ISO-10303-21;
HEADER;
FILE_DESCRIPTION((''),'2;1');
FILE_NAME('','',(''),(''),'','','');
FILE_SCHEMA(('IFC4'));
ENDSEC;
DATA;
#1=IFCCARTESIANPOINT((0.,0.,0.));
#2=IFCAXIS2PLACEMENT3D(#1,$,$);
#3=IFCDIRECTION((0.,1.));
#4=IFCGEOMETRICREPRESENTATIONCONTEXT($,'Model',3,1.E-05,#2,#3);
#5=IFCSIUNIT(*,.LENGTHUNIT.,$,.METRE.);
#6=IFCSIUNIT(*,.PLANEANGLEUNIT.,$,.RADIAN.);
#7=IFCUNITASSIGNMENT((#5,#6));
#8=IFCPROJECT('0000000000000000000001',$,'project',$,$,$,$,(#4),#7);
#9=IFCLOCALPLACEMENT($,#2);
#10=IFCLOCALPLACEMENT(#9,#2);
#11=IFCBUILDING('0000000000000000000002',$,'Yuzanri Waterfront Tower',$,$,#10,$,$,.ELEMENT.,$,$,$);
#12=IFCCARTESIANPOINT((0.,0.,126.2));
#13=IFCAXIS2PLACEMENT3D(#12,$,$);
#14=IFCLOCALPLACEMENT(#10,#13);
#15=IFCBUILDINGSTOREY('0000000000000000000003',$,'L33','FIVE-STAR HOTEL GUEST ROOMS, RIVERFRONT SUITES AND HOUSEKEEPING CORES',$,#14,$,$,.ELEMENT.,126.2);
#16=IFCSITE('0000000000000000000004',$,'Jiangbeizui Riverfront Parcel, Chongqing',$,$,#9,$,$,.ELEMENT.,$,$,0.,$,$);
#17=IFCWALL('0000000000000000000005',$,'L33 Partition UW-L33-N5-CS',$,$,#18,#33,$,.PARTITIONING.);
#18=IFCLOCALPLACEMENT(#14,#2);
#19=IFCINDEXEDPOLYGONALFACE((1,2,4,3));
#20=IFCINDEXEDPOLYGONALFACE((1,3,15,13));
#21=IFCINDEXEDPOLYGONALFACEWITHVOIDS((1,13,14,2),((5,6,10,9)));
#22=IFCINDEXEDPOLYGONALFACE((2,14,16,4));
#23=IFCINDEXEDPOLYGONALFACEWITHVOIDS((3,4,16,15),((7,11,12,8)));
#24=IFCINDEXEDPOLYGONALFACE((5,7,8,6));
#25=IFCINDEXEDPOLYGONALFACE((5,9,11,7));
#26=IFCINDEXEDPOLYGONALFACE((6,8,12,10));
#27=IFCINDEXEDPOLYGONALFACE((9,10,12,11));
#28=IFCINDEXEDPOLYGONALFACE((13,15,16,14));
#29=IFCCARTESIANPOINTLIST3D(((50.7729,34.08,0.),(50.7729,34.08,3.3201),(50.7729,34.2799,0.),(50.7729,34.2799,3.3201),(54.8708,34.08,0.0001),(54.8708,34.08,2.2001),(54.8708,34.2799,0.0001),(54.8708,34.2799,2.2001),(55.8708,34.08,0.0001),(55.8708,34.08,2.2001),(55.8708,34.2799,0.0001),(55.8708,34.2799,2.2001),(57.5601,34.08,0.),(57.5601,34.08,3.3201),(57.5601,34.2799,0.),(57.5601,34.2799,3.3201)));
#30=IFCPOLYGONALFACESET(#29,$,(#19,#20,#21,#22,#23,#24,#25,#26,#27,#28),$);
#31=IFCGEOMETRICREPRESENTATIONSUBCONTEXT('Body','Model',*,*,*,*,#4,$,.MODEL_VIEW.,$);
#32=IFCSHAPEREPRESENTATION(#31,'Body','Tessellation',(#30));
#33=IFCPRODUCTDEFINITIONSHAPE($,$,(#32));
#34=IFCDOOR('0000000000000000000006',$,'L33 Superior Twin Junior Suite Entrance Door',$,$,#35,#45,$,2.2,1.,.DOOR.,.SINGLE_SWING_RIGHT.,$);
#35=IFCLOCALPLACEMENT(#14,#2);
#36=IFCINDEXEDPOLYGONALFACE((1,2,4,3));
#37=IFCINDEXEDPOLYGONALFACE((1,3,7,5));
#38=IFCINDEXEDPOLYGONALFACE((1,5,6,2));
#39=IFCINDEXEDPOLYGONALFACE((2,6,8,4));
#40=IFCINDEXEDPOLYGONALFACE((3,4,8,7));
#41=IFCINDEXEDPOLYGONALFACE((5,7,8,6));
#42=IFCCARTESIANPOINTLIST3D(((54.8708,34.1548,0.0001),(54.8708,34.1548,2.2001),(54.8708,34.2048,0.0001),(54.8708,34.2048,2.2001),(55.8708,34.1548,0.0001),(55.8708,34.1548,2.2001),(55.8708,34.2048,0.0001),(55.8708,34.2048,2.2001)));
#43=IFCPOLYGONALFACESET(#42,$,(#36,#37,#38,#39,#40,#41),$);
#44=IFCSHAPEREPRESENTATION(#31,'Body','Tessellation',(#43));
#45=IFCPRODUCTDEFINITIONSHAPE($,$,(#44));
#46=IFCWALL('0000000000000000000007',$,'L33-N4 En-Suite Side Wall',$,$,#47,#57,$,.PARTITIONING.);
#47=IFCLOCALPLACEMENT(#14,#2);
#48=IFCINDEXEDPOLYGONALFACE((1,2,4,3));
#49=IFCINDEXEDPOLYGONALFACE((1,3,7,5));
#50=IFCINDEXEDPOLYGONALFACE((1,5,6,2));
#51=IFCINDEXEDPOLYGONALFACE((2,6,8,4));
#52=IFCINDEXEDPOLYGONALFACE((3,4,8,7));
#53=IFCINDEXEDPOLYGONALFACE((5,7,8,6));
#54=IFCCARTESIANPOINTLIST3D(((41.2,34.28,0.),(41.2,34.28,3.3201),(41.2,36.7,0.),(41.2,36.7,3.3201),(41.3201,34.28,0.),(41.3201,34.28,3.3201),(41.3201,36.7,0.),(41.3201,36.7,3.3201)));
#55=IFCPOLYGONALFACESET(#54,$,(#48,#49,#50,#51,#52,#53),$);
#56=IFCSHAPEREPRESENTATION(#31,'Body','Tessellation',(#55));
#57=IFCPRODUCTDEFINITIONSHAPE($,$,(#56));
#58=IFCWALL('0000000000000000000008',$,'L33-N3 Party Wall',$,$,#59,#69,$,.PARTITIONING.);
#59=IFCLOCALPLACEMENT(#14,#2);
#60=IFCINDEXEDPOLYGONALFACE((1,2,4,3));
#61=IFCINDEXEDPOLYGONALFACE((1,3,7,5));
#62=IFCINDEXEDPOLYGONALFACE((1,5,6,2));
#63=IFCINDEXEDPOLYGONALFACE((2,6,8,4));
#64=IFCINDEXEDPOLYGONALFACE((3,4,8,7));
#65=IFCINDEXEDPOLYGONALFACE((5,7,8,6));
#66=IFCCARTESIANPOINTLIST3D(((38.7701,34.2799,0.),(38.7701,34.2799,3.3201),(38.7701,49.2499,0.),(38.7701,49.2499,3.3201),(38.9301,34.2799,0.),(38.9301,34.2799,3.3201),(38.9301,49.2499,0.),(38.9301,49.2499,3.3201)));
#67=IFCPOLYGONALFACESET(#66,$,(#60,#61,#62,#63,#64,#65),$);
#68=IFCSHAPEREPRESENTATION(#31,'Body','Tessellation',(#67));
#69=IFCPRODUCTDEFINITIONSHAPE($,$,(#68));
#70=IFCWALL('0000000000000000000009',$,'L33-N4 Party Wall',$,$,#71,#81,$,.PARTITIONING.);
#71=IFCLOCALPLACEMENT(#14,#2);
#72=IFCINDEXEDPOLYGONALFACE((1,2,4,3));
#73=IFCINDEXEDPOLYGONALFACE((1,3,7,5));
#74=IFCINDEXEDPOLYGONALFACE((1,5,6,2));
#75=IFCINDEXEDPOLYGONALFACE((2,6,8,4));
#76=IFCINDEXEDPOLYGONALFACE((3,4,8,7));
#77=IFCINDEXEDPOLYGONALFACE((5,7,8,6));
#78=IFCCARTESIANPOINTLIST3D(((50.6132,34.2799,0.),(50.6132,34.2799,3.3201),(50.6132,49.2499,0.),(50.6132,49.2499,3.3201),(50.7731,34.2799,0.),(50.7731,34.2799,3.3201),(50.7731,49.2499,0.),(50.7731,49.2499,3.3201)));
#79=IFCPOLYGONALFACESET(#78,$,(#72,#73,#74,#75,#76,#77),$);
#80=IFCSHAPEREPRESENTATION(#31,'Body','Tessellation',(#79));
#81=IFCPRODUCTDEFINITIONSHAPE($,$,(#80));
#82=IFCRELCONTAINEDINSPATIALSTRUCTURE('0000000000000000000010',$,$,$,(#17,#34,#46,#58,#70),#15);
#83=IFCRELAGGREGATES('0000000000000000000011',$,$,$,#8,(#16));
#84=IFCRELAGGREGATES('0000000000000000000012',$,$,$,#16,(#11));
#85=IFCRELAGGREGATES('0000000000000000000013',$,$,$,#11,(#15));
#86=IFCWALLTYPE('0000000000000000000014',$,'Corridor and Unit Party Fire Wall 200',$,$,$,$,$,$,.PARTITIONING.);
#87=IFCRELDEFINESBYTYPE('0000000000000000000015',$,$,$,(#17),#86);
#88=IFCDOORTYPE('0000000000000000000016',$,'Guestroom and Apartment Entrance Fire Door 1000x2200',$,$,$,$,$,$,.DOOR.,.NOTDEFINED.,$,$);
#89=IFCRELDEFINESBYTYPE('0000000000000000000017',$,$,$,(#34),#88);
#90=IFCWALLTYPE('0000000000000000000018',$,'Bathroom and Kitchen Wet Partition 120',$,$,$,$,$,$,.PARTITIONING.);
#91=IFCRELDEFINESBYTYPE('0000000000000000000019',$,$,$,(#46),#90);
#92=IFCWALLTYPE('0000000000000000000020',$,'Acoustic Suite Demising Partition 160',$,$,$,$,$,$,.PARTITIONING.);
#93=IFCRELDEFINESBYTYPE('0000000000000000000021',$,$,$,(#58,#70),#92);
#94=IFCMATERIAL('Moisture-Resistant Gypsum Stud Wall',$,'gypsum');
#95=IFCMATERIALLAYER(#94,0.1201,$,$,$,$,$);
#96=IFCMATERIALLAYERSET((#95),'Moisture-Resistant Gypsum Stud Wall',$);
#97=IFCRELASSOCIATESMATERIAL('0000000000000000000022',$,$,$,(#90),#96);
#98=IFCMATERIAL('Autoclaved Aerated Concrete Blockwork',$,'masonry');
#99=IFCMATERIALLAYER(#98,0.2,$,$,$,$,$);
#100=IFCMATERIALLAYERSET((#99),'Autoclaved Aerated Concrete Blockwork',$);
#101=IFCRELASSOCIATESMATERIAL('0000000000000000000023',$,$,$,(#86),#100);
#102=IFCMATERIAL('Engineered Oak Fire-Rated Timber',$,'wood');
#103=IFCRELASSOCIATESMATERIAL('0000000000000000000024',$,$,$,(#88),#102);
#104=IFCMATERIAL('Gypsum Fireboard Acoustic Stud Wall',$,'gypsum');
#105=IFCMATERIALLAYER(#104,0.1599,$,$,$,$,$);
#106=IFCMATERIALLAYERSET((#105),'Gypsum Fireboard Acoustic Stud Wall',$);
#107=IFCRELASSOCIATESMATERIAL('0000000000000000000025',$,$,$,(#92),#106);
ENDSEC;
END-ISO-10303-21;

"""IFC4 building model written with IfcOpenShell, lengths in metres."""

from ifc_helpers import new_model, si_unit, direction, frame, frame_2d, origin, place, context, subcontext, project, spatial, rectangle, extrude, source, transform, mapped, material, layer, layer_set, type_object, element, fill, save


model = new_model("IFC4")

# Units and contexts
model_context = context("Model", 3, precision=1e-05, world=origin(), true_north=direction((0.0, 1.0)))
body_context = subcontext(model_context, "Body", "Model", "MODEL_VIEW")
ifc_project = project(units=[si_unit("LENGTHUNIT", "METRE"), si_unit("PLANEANGLEUNIT", "RADIAN")], contexts=[model_context])

# Site, building, storey
site_placement = place(None, origin())
site = spatial("IfcSite", under=ifc_project, at=site_placement, Name="Jiangbeizui Riverfront Parcel, Chongqing", CompositionType="ELEMENT", RefElevation=0.0)
building_placement = place(site_placement, origin())
building = spatial("IfcBuilding", under=site, at=building_placement, Name="Yuzanri Waterfront Tower", CompositionType="ELEMENT")
storey_placement = place(building_placement, frame((0.0, 0.0, 126.2)))
storey = spatial("IfcBuildingStorey", under=building, at=storey_placement, Name="L33", Description="FIVE-STAR HOTEL GUEST ROOMS, RIVERFRONT SUITES AND HOUSEKEEPING CORES", CompositionType="ELEMENT", Elevation=126.2)

# Wall, opening, door
ifc_material_1 = material(Name="Moisture-Resistant Gypsum Stud Wall", Category="gypsum")
ifc_layer_1 = layer(ifc_material_1, 0.1201)
ifc_layer_set_1 = layer_set([ifc_layer_1], Name="Moisture-Resistant Gypsum Stud Wall")
wall_type_1 = type_object("IfcWallType", Name="Bathroom and Kitchen Wet Partition 120", PredefinedType="PARTITIONING", material=ifc_layer_set_1)
ifc_material_2 = material(Name="Autoclaved Aerated Concrete Blockwork", Category="masonry")
ifc_layer_2 = layer(ifc_material_2, 0.2)
ifc_layer_set_2 = layer_set([ifc_layer_2], Name="Autoclaved Aerated Concrete Blockwork")
wall_type_2 = type_object("IfcWallType", Name="Corridor and Unit Party Fire Wall 200", PredefinedType="PARTITIONING", material=ifc_layer_set_2)
ifc_material_3 = material(Name="Engineered Oak Fire-Rated Timber", Category="wood")
door_type_1 = type_object("IfcDoorType", Name="Guestroom and Apartment Entrance Fire Door 1000x2200", OperationType="NOTDEFINED", PredefinedType="DOOR", material=ifc_material_3)
shared_shape_1 = source(origin(), body_context, "Body", "SweptSolid", [
    extrude(rectangle(XDim=1.0, YDim=2.2, at=frame_2d((0.5, 1.1001))), frame((0.0, 0.0249, 0.0), z_axis=(0.0, -1.0, 0.0), x_axis=(1.0, 0.0, 0.0)), (0.0, 0.0, 1.0), 0.05),
])
wall_1_placement = place(storey_placement, frame((50.7729, 34.1799, 0.0), z_axis=(0.0, 0.0, 1.0), x_axis=(1.0, 0.0, 0.0)))
wall_1 = element("IfcWall", 1, at=wall_1_placement, inside=storey, type_object=wall_type_2, Name="L33 Partition UW-L33-N5-CS", PredefinedType="PARTITIONING", context=body_context, shape_type="SweptSolid", body=[
    extrude(rectangle(XDim=6.7871, YDim=0.2, at=frame_2d((3.3936, 0.0))), origin(), (0.0, 0.0, 1.0), 3.3201),
])
opening_1_placement = place(wall_1_placement, frame((4.0979, 0.0, 0.0)))
opening_1 = element("IfcOpeningElement", 2, at=opening_1_placement, cuts=wall_1, PredefinedType="OPENING", context=body_context, shape_type="SweptSolid", body=[
    extrude(rectangle(XDim=1.0, YDim=2.2, at=frame_2d((0.5, 1.1001))), frame((0.0, 0.1147, 0.0), z_axis=(0.0, -1.0, 0.0), x_axis=(1.0, 0.0, 0.0)), (0.0, 0.0, 1.0), 0.2297),
])
door_1_placement = place(opening_1_placement, origin())
door_1 = element("IfcDoor", 3, at=door_1_placement, inside=storey, type_object=door_type_1, Name="L33 Superior Twin Junior Suite Entrance Door", OperationType="SINGLE_SWING_RIGHT", OverallHeight=2.2, OverallWidth=1.0, PredefinedType="DOOR", context=body_context, shape_type="MappedRepresentation", body=[
    mapped(shared_shape_1, transform((0.0, 0.0, 0.0), scale=1.0)),
])
fill(opening_1, door_1)

# Walls
shared_shape_2 = source(origin(), body_context, "Body", "SweptSolid", [
    extrude(rectangle(XDim=2.4199, YDim=0.1201, at=frame_2d((1.21, 0.0))), origin(), (0.0, 0.0, 1.0), 3.3201),
])
wall_2_placement = place(storey_placement, frame((41.26, 34.28, 0.0), z_axis=(0.0, 0.0, 1.0), x_axis=(0.0, 1.0, 0.0)))
element("IfcWall", 4, at=wall_2_placement, inside=storey, type_object=wall_type_1, Name="L33-N4 En-Suite Side Wall", PredefinedType="PARTITIONING", context=body_context, shape_type="MappedRepresentation", body=[
    mapped(shared_shape_2, transform((0.0, 0.0, 0.0), scale=1.0)),
])
ifc_material_4 = material(Name="Gypsum Fireboard Acoustic Stud Wall", Category="gypsum")
ifc_layer_3 = layer(ifc_material_4, 0.1599)
ifc_layer_set_3 = layer_set([ifc_layer_3], Name="Gypsum Fireboard Acoustic Stud Wall")
wall_type_3 = type_object("IfcWallType", Name="Acoustic Suite Demising Partition 160", PredefinedType="PARTITIONING", material=ifc_layer_set_3)
shared_shape_3 = source(origin(), body_context, "Body", "SweptSolid", [
    extrude(rectangle(XDim=14.97, YDim=0.1599, at=frame_2d((7.4849, 0.0))), origin(), (0.0, 0.0, 1.0), 3.3201),
])
for number, where, z_axis, x_axis, name in (
    (5, (38.8501, 34.28, 0.0), (0.0, 0.0, 1.0), (0.0, 1.0, 0.0), "L33-N3 Party Wall"),
    (6, (50.6931, 34.28, 0.0), (0.0, 0.0, 1.0), (0.0, 1.0, 0.0), "L33-N4 Party Wall"),
):
    element("IfcWall", number, at=place(storey_placement, frame(where, z_axis=z_axis, x_axis=x_axis)), inside=storey, type_object=wall_type_3, Name=name, PredefinedType="PARTITIONING", context=body_context, shape_type="MappedRepresentation", body=[
        mapped(shared_shape_3, transform((0.0, 0.0, 0.0), scale=1.0)),
    ])

save(model, "model.ifc")
